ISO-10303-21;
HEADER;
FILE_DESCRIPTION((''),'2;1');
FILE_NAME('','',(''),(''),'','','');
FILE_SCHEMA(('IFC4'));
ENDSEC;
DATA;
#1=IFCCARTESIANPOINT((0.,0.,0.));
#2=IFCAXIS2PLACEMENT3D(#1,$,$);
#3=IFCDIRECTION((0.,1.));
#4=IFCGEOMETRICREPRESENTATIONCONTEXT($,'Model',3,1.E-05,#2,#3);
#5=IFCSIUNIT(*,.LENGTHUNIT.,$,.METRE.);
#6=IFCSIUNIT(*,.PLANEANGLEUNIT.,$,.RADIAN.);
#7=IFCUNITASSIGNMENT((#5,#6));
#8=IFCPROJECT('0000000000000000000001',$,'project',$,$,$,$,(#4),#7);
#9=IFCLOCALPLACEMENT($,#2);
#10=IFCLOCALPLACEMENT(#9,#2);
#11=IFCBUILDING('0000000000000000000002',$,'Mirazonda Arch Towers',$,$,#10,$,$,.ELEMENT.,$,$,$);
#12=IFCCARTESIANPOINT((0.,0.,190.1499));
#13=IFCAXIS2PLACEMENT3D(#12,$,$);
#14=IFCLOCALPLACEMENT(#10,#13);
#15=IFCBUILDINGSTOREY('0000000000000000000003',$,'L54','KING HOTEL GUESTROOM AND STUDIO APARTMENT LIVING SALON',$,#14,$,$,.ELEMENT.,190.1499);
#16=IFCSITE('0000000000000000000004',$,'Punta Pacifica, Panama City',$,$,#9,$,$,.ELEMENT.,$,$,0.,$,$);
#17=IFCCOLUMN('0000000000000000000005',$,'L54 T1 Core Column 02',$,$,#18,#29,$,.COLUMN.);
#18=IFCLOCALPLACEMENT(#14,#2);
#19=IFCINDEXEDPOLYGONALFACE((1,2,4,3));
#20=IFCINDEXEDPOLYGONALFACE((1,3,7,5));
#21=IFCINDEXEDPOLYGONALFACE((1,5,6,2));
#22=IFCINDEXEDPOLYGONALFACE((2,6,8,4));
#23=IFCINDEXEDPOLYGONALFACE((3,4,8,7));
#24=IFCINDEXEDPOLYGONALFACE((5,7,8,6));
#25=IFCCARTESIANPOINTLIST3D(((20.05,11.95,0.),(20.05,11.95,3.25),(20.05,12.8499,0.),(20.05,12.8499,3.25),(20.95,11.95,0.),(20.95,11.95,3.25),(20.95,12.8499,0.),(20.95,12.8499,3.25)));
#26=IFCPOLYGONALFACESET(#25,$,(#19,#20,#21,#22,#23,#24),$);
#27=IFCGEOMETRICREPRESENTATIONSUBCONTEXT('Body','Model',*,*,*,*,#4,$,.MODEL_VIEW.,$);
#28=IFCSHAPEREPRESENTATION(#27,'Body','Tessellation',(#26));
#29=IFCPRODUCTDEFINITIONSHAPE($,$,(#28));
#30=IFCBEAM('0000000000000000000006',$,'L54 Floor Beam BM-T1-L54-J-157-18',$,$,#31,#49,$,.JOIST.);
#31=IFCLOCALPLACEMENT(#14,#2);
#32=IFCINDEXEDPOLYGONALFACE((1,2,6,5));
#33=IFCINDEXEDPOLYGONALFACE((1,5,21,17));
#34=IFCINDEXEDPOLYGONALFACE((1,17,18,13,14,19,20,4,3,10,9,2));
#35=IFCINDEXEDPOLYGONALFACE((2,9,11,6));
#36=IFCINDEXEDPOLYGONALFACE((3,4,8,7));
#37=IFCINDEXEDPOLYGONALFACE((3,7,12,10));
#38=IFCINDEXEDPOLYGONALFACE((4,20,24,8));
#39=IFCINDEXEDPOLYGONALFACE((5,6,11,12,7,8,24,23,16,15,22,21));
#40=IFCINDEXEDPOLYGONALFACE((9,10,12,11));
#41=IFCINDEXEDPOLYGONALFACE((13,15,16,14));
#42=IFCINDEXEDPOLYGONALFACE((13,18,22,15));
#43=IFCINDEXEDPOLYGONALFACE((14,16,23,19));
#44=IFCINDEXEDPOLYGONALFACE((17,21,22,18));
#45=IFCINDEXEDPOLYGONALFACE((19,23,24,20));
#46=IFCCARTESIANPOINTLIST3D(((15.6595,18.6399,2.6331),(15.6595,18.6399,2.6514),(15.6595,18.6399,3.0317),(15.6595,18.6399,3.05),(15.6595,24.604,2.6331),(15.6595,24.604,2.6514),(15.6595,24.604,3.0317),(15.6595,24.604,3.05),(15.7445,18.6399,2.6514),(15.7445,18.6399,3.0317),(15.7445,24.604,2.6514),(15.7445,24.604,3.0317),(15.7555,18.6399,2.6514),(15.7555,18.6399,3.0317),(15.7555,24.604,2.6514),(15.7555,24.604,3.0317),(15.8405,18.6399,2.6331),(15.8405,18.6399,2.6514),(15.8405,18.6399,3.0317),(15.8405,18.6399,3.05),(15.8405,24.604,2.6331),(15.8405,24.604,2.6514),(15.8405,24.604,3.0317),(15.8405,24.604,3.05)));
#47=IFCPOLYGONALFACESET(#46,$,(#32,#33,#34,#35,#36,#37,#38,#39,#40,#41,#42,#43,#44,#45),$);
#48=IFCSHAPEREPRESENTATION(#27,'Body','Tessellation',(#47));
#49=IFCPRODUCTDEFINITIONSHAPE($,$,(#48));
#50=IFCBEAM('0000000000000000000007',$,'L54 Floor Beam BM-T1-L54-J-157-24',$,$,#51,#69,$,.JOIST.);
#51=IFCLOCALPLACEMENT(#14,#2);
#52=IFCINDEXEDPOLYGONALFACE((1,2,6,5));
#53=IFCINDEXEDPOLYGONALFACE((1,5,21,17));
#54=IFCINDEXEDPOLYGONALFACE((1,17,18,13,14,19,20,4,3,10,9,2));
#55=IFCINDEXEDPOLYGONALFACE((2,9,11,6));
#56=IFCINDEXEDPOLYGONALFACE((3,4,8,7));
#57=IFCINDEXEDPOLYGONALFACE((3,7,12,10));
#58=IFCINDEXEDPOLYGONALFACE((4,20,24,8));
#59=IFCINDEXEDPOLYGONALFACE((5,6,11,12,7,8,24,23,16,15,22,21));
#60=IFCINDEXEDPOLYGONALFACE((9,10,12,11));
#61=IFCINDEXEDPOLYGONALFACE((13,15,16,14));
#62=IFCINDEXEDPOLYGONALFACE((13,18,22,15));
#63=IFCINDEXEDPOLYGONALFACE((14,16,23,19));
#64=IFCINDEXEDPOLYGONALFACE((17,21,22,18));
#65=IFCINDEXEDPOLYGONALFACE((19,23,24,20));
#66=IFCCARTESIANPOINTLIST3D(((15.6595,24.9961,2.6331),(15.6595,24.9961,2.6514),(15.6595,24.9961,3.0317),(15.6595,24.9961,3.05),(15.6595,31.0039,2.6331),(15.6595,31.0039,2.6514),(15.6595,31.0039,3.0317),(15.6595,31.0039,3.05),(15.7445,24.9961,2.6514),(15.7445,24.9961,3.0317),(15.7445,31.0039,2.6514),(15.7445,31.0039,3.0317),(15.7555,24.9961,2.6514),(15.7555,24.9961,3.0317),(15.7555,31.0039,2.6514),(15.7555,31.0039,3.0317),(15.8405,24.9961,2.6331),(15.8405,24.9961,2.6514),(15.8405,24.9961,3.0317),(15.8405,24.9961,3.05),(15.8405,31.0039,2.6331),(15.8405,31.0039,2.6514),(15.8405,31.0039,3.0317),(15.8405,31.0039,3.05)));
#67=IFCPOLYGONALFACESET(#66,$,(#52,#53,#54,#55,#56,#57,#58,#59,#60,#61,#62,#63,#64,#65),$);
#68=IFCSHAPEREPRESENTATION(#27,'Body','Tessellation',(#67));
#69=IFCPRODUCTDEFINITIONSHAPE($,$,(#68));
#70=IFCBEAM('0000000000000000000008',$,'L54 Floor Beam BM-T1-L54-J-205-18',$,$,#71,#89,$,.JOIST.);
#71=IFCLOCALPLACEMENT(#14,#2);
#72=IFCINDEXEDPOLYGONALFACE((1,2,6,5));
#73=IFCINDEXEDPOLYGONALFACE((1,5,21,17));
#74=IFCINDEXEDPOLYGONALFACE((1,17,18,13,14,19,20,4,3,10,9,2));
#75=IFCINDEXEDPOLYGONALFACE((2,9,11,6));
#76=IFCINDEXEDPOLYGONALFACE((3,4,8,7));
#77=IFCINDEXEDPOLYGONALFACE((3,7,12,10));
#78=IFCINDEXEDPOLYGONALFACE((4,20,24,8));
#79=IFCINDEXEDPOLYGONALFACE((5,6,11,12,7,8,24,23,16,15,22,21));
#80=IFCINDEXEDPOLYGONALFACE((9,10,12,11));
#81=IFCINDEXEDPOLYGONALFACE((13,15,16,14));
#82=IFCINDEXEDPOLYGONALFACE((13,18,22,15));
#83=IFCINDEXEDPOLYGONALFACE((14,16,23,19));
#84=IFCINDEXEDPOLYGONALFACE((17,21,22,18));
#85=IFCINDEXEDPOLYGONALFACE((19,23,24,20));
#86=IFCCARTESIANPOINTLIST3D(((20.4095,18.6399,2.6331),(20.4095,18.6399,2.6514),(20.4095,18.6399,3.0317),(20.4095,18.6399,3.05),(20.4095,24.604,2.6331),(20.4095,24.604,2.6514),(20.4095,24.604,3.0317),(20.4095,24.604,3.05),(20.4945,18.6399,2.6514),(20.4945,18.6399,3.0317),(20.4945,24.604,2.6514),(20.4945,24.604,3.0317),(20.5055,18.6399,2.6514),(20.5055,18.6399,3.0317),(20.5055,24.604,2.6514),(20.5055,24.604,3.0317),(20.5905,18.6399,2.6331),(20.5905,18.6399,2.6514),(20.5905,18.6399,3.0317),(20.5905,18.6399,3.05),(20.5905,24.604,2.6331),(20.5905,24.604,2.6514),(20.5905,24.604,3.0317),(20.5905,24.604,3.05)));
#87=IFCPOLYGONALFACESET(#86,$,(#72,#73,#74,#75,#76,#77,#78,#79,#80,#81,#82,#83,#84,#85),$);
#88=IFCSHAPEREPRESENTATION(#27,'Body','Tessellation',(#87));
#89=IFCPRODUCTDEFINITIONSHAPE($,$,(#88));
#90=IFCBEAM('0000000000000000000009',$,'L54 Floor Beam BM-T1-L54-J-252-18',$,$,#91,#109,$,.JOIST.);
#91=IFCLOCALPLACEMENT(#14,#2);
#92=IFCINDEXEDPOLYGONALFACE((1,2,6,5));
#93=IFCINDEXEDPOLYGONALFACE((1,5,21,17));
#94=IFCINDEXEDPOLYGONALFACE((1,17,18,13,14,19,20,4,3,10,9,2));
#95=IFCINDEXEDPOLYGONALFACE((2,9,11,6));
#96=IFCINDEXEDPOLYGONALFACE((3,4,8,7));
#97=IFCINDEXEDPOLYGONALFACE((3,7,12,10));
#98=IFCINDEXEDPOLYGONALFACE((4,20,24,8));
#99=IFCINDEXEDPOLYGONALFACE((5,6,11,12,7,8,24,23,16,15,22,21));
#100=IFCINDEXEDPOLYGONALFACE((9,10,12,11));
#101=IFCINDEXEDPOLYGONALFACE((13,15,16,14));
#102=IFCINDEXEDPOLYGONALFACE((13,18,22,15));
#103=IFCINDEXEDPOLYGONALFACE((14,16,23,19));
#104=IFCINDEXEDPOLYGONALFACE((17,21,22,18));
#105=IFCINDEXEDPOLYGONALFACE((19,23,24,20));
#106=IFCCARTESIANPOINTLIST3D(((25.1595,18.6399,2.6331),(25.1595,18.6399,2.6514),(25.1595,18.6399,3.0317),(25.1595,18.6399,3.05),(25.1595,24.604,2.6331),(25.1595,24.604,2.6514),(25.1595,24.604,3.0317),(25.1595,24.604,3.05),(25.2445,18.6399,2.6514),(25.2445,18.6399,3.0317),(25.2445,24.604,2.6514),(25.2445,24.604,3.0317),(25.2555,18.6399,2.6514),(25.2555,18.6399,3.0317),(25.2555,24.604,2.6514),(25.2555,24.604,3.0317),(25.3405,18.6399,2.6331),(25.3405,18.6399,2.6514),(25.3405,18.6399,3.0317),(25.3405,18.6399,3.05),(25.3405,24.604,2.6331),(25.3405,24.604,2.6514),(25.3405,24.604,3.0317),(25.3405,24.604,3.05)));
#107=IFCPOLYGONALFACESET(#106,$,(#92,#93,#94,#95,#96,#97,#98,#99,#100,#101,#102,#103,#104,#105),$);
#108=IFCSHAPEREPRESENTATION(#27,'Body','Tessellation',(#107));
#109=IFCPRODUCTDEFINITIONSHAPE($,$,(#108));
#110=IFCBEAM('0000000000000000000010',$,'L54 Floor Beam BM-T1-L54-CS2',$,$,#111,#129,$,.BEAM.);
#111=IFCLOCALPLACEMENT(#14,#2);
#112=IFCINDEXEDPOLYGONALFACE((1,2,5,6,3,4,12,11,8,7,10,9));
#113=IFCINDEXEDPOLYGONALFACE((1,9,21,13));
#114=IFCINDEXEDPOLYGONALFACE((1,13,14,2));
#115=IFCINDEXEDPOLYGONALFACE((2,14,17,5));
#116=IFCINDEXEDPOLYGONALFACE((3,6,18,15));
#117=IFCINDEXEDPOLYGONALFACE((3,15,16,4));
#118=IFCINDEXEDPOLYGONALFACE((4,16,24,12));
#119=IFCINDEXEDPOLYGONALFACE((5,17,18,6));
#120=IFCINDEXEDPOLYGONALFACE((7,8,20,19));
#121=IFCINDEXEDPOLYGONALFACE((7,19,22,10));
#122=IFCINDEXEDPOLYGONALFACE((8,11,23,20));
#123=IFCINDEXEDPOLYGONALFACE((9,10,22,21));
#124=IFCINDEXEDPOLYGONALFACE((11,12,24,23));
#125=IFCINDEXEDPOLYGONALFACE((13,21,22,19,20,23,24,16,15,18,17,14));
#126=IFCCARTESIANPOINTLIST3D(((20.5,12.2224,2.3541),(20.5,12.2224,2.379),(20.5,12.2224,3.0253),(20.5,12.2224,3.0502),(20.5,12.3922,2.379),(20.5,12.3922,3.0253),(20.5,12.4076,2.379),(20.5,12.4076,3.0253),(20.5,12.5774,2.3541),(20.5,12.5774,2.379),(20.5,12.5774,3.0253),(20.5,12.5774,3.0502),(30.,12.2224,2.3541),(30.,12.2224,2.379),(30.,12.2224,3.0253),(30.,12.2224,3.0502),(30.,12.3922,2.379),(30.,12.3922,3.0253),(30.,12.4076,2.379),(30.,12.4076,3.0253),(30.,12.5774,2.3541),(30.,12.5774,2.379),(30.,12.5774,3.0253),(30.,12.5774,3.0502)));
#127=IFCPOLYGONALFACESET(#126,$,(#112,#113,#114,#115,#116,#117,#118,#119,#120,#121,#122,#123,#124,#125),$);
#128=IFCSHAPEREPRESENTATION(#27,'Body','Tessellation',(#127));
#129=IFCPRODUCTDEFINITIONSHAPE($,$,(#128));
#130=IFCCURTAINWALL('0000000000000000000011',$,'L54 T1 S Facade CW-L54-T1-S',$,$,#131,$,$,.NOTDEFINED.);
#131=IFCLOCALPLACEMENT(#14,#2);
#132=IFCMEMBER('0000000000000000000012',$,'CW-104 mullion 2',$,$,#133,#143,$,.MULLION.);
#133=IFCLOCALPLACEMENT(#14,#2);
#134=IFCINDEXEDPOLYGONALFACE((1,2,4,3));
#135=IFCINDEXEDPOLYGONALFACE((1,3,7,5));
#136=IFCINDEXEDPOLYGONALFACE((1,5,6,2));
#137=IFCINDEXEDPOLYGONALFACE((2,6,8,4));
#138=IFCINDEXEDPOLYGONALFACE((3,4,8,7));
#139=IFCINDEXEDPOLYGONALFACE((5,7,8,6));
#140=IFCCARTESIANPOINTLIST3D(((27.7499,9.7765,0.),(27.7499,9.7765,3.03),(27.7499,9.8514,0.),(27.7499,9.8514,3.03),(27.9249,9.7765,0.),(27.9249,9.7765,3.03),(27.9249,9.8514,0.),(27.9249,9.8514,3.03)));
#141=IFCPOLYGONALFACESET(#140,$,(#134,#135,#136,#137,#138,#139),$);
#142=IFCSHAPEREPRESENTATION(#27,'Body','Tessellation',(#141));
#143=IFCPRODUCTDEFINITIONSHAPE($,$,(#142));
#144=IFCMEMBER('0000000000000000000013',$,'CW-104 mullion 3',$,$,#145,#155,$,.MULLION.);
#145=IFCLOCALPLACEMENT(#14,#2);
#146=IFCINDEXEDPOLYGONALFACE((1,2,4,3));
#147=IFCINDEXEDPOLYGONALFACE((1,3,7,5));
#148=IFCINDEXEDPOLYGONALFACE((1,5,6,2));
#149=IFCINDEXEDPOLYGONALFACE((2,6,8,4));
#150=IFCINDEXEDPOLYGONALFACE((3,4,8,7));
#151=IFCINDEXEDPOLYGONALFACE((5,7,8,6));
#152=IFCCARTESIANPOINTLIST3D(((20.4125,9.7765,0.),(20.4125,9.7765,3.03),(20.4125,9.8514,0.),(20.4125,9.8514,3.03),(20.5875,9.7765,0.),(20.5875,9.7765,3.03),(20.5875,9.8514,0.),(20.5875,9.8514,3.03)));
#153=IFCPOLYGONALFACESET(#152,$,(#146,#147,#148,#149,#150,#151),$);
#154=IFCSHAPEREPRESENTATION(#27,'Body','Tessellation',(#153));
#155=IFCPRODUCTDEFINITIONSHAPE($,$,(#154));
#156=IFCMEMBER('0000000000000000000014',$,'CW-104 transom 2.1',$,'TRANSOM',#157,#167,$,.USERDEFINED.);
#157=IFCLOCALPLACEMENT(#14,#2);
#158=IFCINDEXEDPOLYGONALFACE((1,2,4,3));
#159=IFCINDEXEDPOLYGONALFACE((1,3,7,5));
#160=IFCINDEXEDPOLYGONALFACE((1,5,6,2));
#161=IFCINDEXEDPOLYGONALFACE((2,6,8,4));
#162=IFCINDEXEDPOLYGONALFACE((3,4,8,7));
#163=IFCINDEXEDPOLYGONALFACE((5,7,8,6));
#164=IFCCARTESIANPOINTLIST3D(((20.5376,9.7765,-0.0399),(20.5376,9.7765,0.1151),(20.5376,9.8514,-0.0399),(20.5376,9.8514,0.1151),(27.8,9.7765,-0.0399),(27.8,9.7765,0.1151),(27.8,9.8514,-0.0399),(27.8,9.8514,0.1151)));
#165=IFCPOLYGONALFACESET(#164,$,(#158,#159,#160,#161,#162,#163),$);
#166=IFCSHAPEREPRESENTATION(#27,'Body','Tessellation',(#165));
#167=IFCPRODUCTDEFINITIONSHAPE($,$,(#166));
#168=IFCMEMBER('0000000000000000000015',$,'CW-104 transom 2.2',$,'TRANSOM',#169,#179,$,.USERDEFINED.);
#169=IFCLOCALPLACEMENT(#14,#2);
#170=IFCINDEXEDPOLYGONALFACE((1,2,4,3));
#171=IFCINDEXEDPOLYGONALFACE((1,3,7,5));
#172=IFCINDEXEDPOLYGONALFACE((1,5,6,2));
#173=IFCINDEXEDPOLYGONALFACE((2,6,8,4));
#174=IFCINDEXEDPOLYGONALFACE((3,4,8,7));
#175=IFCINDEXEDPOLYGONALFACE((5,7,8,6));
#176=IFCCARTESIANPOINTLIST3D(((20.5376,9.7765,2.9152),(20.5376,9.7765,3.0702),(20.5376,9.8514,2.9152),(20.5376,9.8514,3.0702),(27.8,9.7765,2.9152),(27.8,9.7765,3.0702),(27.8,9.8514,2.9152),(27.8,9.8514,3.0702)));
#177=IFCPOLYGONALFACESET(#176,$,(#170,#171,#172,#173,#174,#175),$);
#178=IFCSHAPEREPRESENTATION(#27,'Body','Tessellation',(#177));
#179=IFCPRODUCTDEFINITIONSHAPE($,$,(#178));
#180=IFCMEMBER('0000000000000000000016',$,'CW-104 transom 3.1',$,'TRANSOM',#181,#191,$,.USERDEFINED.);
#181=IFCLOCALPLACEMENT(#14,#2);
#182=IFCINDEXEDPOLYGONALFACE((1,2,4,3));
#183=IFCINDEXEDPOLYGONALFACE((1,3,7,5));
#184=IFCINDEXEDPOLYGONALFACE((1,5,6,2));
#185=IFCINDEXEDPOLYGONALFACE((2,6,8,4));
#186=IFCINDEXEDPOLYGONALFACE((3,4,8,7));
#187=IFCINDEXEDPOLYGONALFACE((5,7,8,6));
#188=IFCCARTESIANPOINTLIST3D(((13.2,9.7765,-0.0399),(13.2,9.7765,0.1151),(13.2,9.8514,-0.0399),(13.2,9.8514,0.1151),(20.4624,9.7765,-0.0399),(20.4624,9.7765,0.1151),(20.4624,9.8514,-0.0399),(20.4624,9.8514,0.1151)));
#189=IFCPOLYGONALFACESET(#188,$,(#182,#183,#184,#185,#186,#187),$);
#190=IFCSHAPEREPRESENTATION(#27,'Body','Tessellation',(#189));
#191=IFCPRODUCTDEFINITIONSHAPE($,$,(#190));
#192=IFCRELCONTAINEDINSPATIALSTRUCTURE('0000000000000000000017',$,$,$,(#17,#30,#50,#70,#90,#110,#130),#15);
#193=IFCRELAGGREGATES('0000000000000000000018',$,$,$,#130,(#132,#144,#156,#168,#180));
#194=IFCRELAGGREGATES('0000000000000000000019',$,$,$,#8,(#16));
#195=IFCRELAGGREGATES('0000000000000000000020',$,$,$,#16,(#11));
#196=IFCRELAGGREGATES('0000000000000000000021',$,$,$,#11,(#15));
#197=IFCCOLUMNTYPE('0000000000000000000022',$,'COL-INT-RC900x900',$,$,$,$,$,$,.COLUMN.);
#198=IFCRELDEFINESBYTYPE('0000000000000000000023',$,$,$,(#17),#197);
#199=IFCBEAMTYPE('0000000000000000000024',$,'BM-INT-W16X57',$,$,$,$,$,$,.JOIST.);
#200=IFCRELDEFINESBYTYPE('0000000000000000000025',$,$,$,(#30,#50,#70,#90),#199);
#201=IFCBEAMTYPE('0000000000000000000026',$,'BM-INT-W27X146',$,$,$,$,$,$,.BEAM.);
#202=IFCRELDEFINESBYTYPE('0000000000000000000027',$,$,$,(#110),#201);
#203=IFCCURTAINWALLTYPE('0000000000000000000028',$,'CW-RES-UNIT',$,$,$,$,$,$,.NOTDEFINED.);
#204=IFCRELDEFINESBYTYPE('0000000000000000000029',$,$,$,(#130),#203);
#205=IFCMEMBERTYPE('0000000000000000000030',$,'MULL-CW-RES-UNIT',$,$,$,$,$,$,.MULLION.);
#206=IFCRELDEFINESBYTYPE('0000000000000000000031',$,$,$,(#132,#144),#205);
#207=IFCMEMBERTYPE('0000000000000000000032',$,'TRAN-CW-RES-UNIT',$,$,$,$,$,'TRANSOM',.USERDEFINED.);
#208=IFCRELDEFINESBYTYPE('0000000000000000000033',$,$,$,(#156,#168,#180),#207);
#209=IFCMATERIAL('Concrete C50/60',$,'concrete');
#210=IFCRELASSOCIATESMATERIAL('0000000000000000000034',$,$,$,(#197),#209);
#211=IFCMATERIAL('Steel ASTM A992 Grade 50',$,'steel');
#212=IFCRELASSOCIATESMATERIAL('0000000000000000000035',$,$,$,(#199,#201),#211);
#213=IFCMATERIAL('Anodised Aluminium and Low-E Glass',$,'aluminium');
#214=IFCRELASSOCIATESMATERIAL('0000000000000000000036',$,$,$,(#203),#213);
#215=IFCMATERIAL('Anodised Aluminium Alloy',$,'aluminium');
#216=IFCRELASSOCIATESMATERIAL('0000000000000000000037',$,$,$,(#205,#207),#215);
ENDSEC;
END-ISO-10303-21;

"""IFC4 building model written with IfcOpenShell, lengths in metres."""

from ifc_helpers import new_model, si_unit, direction, frame, origin, origin_2d, place, context, subcontext, project, spatial, rectangle, i_section, extrude, material, material_profile, profile_set, type_object, element, aggregate, save


model = new_model("IFC4")

# Units and contexts
model_context = context("Model", 3, precision=1e-05, world=origin(), true_north=direction((0.0, 1.0)))
body_context = subcontext(model_context, "Body", "Model", "MODEL_VIEW")
ifc_project = project(units=[si_unit("LENGTHUNIT", "METRE"), si_unit("PLANEANGLEUNIT", "RADIAN")], contexts=[model_context])

# Site, building, storey
site_placement = place(None, origin())
site = spatial("IfcSite", under=ifc_project, at=site_placement, Name="Punta Pacifica, Panama City", CompositionType="ELEMENT", RefElevation=0.0)
building_placement = place(site_placement, origin())
building = spatial("IfcBuilding", under=site, at=building_placement, Name="Mirazonda Arch Towers", CompositionType="ELEMENT")
storey_placement = place(building_placement, frame((0.0, 0.0, 190.1499)))
storey = spatial("IfcBuildingStorey", under=building, at=storey_placement, Name="L54", Description="KING HOTEL GUESTROOM AND STUDIO APARTMENT LIVING SALON", CompositionType="ELEMENT", Elevation=190.1499)

# Column
ifc_material_1 = material(Name="Concrete C50/60", Category="concrete")
ifc_material_profile_1 = material_profile(ifc_material_1, rectangle(XDim=0.8999, YDim=0.8999, at=origin_2d()), Name="RC900x900")
ifc_profile_set_1 = profile_set([ifc_material_profile_1], Name="Concrete C50/60")
column_type = type_object("IfcColumnType", Name="COL-INT-RC900x900", PredefinedType="COLUMN", material=ifc_profile_set_1)
column_placement = place(storey_placement, frame((20.5, 12.3999, 0.0), z_axis=(0.0, 0.0, 1.0), x_axis=(1.0, 0.0, 0.0)))
element("IfcColumn", 1, at=column_placement, inside=storey, type_object=column_type, Name="L54 T1 Core Column 02", PredefinedType="COLUMN", context=body_context, shape_type="SweptSolid", body=[
    extrude(rectangle(XDim=0.8999, YDim=0.8999, at=origin_2d()), origin(), (0.0, 0.0, 1.0), 3.25),
])

# Beams
ifc_material_2 = material(Name="Steel ASTM A992 Grade 50", Category="steel")
ifc_material_profile_2 = material_profile(ifc_material_2, i_section(OverallWidth=0.1809, OverallDepth=0.417, WebThickness=0.011, FlangeThickness=0.0183, at=origin_2d()), Name="W16X57")
ifc_profile_set_2 = profile_set([ifc_material_profile_2], Name="Steel ASTM A992 Grade 50")
beam_type_1 = type_object("IfcBeamType", Name="BM-INT-W16X57", PredefinedType="JOIST", material=ifc_profile_set_2)
beam_1_placement = place(storey_placement, frame((15.75, 18.6399, 2.8416), z_axis=(0.0, 1.0, 0.0), x_axis=(-1.0, 0.0, 0.0)))
element("IfcBeam", 2, at=beam_1_placement, inside=storey, type_object=beam_type_1, Name="L54 Floor Beam BM-T1-L54-J-157-18", PredefinedType="JOIST", context=body_context, shape_type="SweptSolid", body=[
    extrude(i_section(OverallWidth=0.1809, OverallDepth=0.417, WebThickness=0.011, FlangeThickness=0.0183, at=origin_2d()), origin(), (0.0, 0.0, 1.0), 5.9641),
])
beam_2_placement = place(storey_placement, frame((15.75, 24.9961, 2.8416), z_axis=(0.0, 1.0, 0.0), x_axis=(-1.0, 0.0, 0.0)))
element("IfcBeam", 3, at=beam_2_placement, inside=storey, type_object=beam_type_1, Name="L54 Floor Beam BM-T1-L54-J-157-24", PredefinedType="JOIST", context=body_context, shape_type="SweptSolid", body=[
    extrude(i_section(OverallWidth=0.1809, OverallDepth=0.417, WebThickness=0.011, FlangeThickness=0.0183, at=origin_2d()), origin(), (0.0, 0.0, 1.0), 6.0078),
])
for number, where, z_axis, x_axis, name in (
    (4, (20.5, 18.6399, 2.8416), (0.0, 1.0, 0.0), (-1.0, 0.0, 0.0), "L54 Floor Beam BM-T1-L54-J-205-18"),
    (5, (25.25, 18.6399, 2.8416), (0.0, 1.0, 0.0), (-1.0, 0.0, 0.0), "L54 Floor Beam BM-T1-L54-J-252-18"),
):
    element("IfcBeam", number, at=place(storey_placement, frame(where, z_axis=z_axis, x_axis=x_axis)), inside=storey, type_object=beam_type_1, Name=name, PredefinedType="JOIST", context=body_context, shape_type="SweptSolid", body=[
        extrude(i_section(OverallWidth=0.1809, OverallDepth=0.417, WebThickness=0.011, FlangeThickness=0.0183, at=origin_2d()), origin(), (0.0, 0.0, 1.0), 5.9641),
    ])
ifc_material_profile_3 = material_profile(ifc_material_2, i_section(OverallWidth=0.355, OverallDepth=0.696, WebThickness=0.0154, FlangeThickness=0.0249, at=origin_2d()), Name="W27X146")
ifc_profile_set_3 = profile_set([ifc_material_profile_3], Name="Steel ASTM A992 Grade 50")
beam_type_2 = type_object("IfcBeamType", Name="BM-INT-W27X146", PredefinedType="BEAM", material=ifc_profile_set_3)
beam_3_placement = place(storey_placement, frame((20.5, 12.3999, 2.7021), z_axis=(1.0, 0.0, 0.0), x_axis=(0.0, 1.0, 0.0)))
element("IfcBeam", 6, at=beam_3_placement, inside=storey, type_object=beam_type_2, Name="L54 Floor Beam BM-T1-L54-CS2", PredefinedType="BEAM", context=body_context, shape_type="SweptSolid", body=[
    extrude(i_section(OverallWidth=0.355, OverallDepth=0.696, WebThickness=0.0154, FlangeThickness=0.0249, at=origin_2d()), origin(), (0.0, 0.0, 1.0), 9.5),
])

# Curtain wall, members
ifc_material_3 = material(Name="Anodised Aluminium and Low-E Glass", Category="aluminium")
curtain_wall_type = type_object("IfcCurtainWallType", Name="CW-RES-UNIT", PredefinedType="NOTDEFINED", material=ifc_material_3)
curtain_wall_placement = place(storey_placement, origin())
curtain_wall = element("IfcCurtainWall", 7, at=curtain_wall_placement, inside=storey, type_object=curtain_wall_type, Name="L54 T1 S Facade CW-L54-T1-S", PredefinedType="NOTDEFINED")
ifc_material_4 = material(Name="Anodised Aluminium Alloy", Category="aluminium")
ifc_material_profile_4 = material_profile(ifc_material_4, rectangle(XDim=0.075, YDim=0.175, at=origin_2d()), Name="ALU-MULL-75x175")
ifc_profile_set_4 = profile_set([ifc_material_profile_4], Name="Anodised Aluminium Alloy")
member_type_1 = type_object("IfcMemberType", Name="MULL-CW-RES-UNIT", PredefinedType="MULLION", material=ifc_profile_set_4)
member_1_placement = place(storey_placement, frame((27.8374, 9.814, 0.0), z_axis=(0.0, 0.0, 1.0), x_axis=(0.0, -1.0, 0.0)))
member_1 = element("IfcMember", 8, at=member_1_placement, type_object=member_type_1, Name="CW-104 mullion 2", PredefinedType="MULLION", context=body_context, shape_type="SweptSolid", body=[
    extrude(rectangle(XDim=0.075, YDim=0.175, at=origin_2d()), origin(), (0.0, 0.0, 1.0), 3.03),
])
member_2_placement = place(storey_placement, frame((20.5, 9.814, 0.0), z_axis=(0.0, 0.0, 1.0), x_axis=(0.0, -1.0, 0.0)))
member_2 = element("IfcMember", 9, at=member_2_placement, type_object=member_type_1, Name="CW-104 mullion 3", PredefinedType="MULLION", context=body_context, shape_type="SweptSolid", body=[
    extrude(rectangle(XDim=0.075, YDim=0.175, at=origin_2d()), origin(), (0.0, 0.0, 1.0), 3.03),
])
ifc_material_profile_5 = material_profile(ifc_material_4, rectangle(XDim=0.075, YDim=0.155, at=origin_2d()), Name="ALU-TRAN-75x155")
ifc_profile_set_5 = profile_set([ifc_material_profile_5], Name="Anodised Aluminium Alloy")
member_type_2 = type_object("IfcMemberType", Name="TRAN-CW-RES-UNIT", ElementType="TRANSOM", PredefinedType="USERDEFINED", material=ifc_profile_set_5)
member_3_placement = place(storey_placement, frame((27.8, 9.814, 0.0376), z_axis=(-1.0, 0.0, 0.0), x_axis=(0.0, -1.0, 0.0)))
member_3 = element("IfcMember", 10, at=member_3_placement, type_object=member_type_2, Name="CW-104 transom 2.1", ObjectType="TRANSOM", PredefinedType="USERDEFINED", context=body_context, shape_type="SweptSolid", body=[
    extrude(rectangle(XDim=0.075, YDim=0.155, at=origin_2d()), origin(), (0.0, 0.0, 1.0), 7.2625),
])
member_4_placement = place(storey_placement, frame((27.8, 9.814, 2.9927), z_axis=(-1.0, 0.0, 0.0), x_axis=(0.0, -1.0, 0.0)))
member_4 = element("IfcMember", 11, at=member_4_placement, type_object=member_type_2, Name="CW-104 transom 2.2", ObjectType="TRANSOM", PredefinedType="USERDEFINED", context=body_context, shape_type="SweptSolid", body=[
    extrude(rectangle(XDim=0.075, YDim=0.155, at=origin_2d()), origin(), (0.0, 0.0, 1.0), 7.2625),
])
member_5_placement = place(storey_placement, frame((20.4624, 9.814, 0.0376), z_axis=(-1.0, 0.0, 0.0), x_axis=(0.0, -1.0, 0.0)))
member_5 = element("IfcMember", 12, at=member_5_placement, type_object=member_type_2, Name="CW-104 transom 3.1", ObjectType="TRANSOM", PredefinedType="USERDEFINED", context=body_context, shape_type="SweptSolid", body=[
    extrude(rectangle(XDim=0.075, YDim=0.155, at=origin_2d()), origin(), (0.0, 0.0, 1.0), 7.2625),
])
aggregate(curtain_wall, [member_1, member_2, member_3, member_4, member_5])

save(model, "model.ifc")
